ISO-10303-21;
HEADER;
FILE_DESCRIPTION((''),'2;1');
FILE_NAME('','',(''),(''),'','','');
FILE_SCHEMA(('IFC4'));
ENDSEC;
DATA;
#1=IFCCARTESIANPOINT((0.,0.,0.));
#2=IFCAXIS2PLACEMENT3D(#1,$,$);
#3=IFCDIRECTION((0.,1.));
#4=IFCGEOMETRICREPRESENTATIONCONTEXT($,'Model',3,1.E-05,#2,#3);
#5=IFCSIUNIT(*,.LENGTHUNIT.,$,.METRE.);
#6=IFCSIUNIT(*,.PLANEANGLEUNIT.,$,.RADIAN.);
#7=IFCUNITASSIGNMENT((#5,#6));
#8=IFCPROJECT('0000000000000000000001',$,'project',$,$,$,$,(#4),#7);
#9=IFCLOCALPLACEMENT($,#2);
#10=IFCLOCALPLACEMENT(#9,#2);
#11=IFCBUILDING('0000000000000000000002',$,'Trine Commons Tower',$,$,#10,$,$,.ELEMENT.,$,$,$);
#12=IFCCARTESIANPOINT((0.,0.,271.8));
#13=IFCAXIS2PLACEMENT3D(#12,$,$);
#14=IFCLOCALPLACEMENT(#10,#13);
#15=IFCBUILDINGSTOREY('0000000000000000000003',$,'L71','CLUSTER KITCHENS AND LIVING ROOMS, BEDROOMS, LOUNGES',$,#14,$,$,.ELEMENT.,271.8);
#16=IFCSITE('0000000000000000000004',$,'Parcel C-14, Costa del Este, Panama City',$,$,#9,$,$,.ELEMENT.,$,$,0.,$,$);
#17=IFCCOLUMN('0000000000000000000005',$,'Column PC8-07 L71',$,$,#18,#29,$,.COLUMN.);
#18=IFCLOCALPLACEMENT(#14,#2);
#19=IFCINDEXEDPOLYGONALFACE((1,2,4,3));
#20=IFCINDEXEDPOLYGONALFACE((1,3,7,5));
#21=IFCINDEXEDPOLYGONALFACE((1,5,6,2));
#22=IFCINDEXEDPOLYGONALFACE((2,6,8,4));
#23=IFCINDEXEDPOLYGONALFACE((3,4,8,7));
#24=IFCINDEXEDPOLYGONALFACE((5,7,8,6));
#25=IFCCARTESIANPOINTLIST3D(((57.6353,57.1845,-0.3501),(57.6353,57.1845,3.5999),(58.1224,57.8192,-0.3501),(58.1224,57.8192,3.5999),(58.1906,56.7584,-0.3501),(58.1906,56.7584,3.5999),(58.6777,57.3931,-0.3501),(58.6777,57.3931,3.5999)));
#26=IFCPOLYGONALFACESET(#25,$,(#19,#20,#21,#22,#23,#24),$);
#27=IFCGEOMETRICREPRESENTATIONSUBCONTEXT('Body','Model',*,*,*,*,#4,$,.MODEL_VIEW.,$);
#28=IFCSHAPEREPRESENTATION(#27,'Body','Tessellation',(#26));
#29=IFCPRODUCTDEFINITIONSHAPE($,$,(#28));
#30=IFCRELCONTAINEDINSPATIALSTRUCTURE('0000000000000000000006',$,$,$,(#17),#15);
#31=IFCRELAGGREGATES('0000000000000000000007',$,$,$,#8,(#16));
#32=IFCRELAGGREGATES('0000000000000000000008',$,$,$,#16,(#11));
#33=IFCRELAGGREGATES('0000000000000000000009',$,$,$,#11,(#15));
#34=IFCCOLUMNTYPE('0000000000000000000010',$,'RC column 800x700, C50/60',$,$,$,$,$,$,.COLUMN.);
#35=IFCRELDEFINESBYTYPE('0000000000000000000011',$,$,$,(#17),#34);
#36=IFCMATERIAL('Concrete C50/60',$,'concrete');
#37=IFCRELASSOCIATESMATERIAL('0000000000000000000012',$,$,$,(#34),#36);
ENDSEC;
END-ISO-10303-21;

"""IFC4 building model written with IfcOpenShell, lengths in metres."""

from ifc_helpers import new_model, si_unit, direction, frame, origin, origin_2d, place, context, subcontext, project, spatial, rectangle, extrude, material, material_profile, profile_set, type_object, element, save


model = new_model("IFC4")

# Units and contexts
model_context = context("Model", 3, precision=1e-05, world=origin(), true_north=direction((0.0, 1.0)))
body_context = subcontext(model_context, "Body", "Model", "MODEL_VIEW")
ifc_project = project(units=[si_unit("LENGTHUNIT", "METRE"), si_unit("PLANEANGLEUNIT", "RADIAN")], contexts=[model_context])

# Site, building, storey
site_placement = place(None, origin())
site = spatial("IfcSite", under=ifc_project, at=site_placement, Name="Parcel C-14, Costa del Este, Panama City", CompositionType="ELEMENT", RefElevation=0.0)
building_placement = place(site_placement, origin())
building = spatial("IfcBuilding", under=site, at=building_placement, Name="Trine Commons Tower", CompositionType="ELEMENT")
storey_placement = place(building_placement, frame((0.0, 0.0, 271.8)))
storey = spatial("IfcBuildingStorey", under=building, at=storey_placement, Name="L71", Description="CLUSTER KITCHENS AND LIVING ROOMS, BEDROOMS, LOUNGES", CompositionType="ELEMENT", Elevation=271.8)

# Column
ifc_material_1 = material(Name="Concrete C50/60", Category="concrete")
ifc_material_profile = material_profile(ifc_material_1, rectangle(XDim=0.8, YDim=0.7, at=origin_2d()), Name="RC 800x700")
ifc_profile_set = profile_set([ifc_material_profile], Name="Concrete C50/60")
column_type = type_object("IfcColumnType", Name="RC column 800x700, C50/60", PredefinedType="COLUMN", material=ifc_profile_set)
column_placement = place(storey_placement, frame((58.1565, 57.2888, -0.3501), z_axis=(0.0, 0.0, 1.0), x_axis=(0.608761, 0.793353, 0.0)))
element("IfcColumn", 1, at=column_placement, inside=storey, type_object=column_type, Name="Column PC8-07 L71", PredefinedType="COLUMN", context=body_context, shape_type="SweptSolid", body=[
    extrude(rectangle(XDim=0.8, YDim=0.7, at=origin_2d()), origin(), (0.0, 0.0, 1.0), 3.95),
])

save(model, "model.ifc")
